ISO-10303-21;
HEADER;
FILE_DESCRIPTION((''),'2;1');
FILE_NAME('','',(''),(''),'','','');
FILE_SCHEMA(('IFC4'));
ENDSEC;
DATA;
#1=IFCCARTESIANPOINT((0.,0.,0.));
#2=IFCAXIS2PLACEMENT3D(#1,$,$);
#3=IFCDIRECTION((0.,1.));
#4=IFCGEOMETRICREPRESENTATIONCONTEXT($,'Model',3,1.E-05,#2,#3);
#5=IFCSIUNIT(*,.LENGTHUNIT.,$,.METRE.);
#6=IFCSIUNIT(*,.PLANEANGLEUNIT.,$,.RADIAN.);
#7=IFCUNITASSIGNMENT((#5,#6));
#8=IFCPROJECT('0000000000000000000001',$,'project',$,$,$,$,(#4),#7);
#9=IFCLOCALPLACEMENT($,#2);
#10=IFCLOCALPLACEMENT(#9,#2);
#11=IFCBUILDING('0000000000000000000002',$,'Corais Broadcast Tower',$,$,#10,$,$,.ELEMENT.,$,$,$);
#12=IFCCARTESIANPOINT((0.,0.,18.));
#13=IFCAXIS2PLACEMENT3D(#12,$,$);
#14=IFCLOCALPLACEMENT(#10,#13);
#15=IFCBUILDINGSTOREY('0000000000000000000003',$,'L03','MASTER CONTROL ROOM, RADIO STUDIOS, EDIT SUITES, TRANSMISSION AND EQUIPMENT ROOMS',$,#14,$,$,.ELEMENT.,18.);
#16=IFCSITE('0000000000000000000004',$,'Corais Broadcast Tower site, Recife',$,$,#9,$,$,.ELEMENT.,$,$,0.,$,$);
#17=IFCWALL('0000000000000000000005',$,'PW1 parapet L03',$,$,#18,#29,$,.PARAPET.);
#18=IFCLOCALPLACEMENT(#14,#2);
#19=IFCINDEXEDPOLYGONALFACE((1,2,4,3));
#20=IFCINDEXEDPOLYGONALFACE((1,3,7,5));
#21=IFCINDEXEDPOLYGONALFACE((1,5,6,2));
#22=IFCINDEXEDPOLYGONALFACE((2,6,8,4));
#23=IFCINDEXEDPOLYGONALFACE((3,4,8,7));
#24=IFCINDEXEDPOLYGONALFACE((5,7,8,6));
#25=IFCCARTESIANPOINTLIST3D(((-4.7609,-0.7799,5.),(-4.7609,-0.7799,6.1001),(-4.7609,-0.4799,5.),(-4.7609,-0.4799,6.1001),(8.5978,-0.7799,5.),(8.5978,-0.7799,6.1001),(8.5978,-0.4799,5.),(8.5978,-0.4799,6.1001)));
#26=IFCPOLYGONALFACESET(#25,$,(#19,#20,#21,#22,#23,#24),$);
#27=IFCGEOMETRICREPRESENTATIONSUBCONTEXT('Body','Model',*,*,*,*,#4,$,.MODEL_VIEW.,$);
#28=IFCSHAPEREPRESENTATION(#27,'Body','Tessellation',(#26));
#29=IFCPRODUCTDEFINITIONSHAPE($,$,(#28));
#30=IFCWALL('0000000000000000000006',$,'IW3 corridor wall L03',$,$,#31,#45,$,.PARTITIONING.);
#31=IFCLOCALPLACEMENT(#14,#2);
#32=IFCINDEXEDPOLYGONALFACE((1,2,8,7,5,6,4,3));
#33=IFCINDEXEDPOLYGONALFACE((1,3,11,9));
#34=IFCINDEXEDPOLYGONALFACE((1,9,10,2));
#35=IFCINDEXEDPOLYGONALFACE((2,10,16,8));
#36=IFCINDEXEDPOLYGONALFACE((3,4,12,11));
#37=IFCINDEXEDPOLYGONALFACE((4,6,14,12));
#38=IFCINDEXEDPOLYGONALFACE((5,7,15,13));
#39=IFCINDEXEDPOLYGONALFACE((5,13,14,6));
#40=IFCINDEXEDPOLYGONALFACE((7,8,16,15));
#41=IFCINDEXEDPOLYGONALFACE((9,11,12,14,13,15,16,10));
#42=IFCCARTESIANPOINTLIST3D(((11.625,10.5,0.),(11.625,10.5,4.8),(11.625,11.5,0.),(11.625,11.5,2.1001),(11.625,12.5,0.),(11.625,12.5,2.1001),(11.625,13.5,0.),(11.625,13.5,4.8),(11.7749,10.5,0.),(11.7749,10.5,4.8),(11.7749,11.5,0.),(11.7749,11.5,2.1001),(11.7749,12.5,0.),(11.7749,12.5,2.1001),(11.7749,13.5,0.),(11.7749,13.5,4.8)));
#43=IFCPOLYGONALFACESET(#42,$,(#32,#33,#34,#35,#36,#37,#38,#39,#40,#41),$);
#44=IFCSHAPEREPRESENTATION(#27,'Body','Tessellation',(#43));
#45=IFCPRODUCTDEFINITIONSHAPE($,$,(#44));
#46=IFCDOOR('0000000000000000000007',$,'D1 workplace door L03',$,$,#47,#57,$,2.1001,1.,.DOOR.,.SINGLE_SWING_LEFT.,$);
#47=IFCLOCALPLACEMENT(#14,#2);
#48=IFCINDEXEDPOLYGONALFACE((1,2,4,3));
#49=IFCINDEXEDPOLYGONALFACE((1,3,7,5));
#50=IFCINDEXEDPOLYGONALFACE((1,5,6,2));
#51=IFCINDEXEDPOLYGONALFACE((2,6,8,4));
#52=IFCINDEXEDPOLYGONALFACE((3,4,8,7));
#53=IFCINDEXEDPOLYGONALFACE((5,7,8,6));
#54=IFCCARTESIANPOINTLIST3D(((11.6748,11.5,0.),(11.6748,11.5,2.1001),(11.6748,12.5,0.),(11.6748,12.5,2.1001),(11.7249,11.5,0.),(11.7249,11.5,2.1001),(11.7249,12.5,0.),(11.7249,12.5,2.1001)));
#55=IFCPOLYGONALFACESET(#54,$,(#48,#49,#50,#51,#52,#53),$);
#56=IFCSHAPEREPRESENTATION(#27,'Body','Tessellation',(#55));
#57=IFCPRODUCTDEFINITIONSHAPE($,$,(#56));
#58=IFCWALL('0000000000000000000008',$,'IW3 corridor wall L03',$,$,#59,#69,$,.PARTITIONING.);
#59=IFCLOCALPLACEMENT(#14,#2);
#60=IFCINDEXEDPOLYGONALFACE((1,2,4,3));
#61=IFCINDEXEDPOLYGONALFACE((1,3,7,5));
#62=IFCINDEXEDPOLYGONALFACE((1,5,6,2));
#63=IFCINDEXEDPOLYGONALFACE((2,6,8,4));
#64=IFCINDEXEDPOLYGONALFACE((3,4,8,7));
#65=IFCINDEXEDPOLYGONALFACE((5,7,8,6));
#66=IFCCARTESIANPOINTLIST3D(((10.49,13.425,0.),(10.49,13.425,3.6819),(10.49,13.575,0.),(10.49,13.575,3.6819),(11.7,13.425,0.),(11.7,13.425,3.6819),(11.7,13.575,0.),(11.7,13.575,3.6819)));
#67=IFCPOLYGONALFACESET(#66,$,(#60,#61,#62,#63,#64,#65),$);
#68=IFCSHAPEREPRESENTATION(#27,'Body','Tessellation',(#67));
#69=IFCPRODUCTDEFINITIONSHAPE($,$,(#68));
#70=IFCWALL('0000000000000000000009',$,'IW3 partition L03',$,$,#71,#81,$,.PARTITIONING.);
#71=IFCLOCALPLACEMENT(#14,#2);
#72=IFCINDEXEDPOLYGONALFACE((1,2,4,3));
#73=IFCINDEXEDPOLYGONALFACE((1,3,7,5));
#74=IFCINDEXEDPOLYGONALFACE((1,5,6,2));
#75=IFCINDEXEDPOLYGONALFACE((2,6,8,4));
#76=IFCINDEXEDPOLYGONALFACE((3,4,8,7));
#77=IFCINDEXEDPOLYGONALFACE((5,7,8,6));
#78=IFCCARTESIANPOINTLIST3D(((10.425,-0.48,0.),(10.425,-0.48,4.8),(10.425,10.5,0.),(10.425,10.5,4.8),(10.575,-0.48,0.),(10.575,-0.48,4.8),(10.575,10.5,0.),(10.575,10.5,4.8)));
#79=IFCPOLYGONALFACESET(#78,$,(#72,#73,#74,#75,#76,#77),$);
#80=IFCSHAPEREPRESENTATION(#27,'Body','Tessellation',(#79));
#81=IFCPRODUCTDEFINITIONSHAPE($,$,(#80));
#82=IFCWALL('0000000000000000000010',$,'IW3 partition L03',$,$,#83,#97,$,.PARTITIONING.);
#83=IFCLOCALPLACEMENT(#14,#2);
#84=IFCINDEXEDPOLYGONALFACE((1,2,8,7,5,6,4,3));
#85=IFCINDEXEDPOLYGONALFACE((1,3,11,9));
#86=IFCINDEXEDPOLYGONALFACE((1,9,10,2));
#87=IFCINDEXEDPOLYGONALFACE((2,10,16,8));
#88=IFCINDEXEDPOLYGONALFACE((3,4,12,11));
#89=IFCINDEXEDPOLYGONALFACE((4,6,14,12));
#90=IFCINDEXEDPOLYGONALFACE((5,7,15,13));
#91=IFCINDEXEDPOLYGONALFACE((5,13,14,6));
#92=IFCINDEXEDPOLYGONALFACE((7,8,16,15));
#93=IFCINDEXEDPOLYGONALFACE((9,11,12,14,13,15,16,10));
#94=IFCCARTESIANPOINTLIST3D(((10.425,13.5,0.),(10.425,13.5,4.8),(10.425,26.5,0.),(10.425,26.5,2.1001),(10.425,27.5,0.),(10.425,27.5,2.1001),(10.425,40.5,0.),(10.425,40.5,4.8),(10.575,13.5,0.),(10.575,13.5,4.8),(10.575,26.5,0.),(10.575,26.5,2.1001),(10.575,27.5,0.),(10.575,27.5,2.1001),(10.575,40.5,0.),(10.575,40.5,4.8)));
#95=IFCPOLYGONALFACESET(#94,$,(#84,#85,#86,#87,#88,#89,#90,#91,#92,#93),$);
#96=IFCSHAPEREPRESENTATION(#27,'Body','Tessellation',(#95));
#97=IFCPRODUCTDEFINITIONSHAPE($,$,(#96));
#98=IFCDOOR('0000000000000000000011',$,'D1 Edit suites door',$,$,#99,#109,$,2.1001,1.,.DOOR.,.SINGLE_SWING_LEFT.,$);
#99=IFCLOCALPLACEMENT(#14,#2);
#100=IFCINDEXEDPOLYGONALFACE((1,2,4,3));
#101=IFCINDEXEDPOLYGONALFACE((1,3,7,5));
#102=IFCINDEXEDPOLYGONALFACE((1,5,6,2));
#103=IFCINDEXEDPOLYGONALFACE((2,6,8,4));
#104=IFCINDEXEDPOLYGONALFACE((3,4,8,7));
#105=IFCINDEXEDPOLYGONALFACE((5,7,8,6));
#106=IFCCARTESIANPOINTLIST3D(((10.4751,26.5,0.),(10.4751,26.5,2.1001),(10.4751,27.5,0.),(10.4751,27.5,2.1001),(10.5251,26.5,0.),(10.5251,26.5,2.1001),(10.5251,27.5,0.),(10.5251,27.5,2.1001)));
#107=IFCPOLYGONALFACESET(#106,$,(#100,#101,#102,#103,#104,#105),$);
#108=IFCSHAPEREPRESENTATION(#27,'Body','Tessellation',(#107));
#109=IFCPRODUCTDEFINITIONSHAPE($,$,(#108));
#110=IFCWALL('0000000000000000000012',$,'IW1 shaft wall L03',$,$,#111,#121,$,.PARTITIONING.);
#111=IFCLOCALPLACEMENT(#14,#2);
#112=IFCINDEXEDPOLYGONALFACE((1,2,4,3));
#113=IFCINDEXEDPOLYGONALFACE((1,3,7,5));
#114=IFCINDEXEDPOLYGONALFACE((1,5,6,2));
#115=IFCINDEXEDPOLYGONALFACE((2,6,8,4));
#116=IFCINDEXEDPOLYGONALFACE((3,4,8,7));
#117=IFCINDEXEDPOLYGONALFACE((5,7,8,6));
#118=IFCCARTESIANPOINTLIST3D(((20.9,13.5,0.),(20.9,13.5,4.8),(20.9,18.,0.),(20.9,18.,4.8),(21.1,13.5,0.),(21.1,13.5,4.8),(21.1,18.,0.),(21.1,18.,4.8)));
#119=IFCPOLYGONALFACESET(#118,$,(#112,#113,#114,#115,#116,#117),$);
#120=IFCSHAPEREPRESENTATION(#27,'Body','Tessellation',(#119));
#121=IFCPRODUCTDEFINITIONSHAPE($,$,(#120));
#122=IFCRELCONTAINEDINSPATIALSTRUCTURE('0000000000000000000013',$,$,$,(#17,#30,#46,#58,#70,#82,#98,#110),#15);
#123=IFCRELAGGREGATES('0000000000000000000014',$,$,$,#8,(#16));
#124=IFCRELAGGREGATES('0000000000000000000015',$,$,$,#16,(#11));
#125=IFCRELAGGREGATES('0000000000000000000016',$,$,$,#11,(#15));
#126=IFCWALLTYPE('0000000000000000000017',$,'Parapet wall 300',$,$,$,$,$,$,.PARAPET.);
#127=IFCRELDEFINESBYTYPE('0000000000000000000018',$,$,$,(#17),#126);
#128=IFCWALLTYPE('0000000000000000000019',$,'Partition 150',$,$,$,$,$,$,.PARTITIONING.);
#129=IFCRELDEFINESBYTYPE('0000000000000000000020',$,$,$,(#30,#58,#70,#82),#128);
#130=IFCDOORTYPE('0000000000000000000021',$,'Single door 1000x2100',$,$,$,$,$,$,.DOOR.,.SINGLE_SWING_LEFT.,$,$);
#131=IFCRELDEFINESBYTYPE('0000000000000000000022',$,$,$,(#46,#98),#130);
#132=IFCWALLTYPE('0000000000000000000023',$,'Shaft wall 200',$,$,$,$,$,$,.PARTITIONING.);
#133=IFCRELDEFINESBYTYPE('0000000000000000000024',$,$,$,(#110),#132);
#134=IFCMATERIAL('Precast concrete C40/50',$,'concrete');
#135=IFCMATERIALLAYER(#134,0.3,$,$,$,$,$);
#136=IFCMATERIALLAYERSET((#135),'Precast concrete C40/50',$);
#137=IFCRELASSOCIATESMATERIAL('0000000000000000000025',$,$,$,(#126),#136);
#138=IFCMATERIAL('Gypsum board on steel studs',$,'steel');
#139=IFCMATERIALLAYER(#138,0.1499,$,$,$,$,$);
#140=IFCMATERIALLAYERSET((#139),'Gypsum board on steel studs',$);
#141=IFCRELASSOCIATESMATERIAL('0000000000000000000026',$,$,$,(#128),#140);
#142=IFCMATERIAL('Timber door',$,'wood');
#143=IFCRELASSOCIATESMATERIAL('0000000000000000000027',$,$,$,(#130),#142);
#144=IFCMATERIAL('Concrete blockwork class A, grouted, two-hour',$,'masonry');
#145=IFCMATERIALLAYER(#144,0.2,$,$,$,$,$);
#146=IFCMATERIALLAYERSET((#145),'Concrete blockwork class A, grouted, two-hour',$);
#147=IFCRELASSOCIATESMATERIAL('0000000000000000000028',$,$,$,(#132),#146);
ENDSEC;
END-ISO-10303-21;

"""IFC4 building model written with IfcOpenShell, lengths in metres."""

from ifc_helpers import new_model, si_unit, direction, frame, frame_2d, origin, place, context, subcontext, project, spatial, rectangle, extrude, material, layer, layer_set, type_object, element, fill, save


model = new_model("IFC4")

# Units and contexts
model_context = context("Model", 3, precision=1e-05, world=origin(), true_north=direction((0.0, 1.0)))
body_context = subcontext(model_context, "Body", "Model", "MODEL_VIEW")
ifc_project = project(units=[si_unit("LENGTHUNIT", "METRE"), si_unit("PLANEANGLEUNIT", "RADIAN")], contexts=[model_context])

# Site, building, storey
site_placement = place(None, origin())
site = spatial("IfcSite", under=ifc_project, at=site_placement, Name="Corais Broadcast Tower site, Recife", CompositionType="ELEMENT", RefElevation=0.0)
building_placement = place(site_placement, origin())
building = spatial("IfcBuilding", under=site, at=building_placement, Name="Corais Broadcast Tower", CompositionType="ELEMENT")
storey_placement = place(building_placement, frame((0.0, 0.0, 18.0)))
storey = spatial("IfcBuildingStorey", under=building, at=storey_placement, Name="L03", Description="MASTER CONTROL ROOM, RADIO STUDIOS, EDIT SUITES, TRANSMISSION AND EQUIPMENT ROOMS", CompositionType="ELEMENT", Elevation=18.0)

# Wall
ifc_material_1 = material(Name="Precast concrete C40/50", Category="concrete")
ifc_layer_1 = layer(ifc_material_1, 0.3)
ifc_layer_set_1 = layer_set([ifc_layer_1], Name="Precast concrete C40/50")
wall_type_1 = type_object("IfcWallType", Name="Parapet wall 300", PredefinedType="PARAPET", material=ifc_layer_set_1)
wall_1_placement = place(storey_placement, frame((8.5977, -0.6299, 5.0), z_axis=(0.0, 0.0, 1.0), x_axis=(-1.0, 0.0, 0.0)))
element("IfcWall", 1, at=wall_1_placement, inside=storey, type_object=wall_type_1, Name="PW1 parapet L03", PredefinedType="PARAPET", context=body_context, shape_type="SweptSolid", body=[
    extrude(rectangle(XDim=13.3586, YDim=0.3, at=frame_2d((6.6792, 0.0))), origin(), (0.0, 0.0, 1.0), 1.1001),
])

# Wall, opening, door
ifc_material_2 = material(Name="Gypsum board on steel studs", Category="steel")
ifc_layer_2 = layer(ifc_material_2, 0.1499)
ifc_layer_set_2 = layer_set([ifc_layer_2], Name="Gypsum board on steel studs")
wall_type_2 = type_object("IfcWallType", Name="Partition 150", PredefinedType="PARTITIONING", material=ifc_layer_set_2)
wall_2_placement = place(storey_placement, frame((11.7, 13.5, 0.0), z_axis=(0.0, 0.0, 1.0), x_axis=(0.0, -1.0, 0.0)))
wall_2 = element("IfcWall", 2, at=wall_2_placement, inside=storey, type_object=wall_type_2, Name="IW3 corridor wall L03", PredefinedType="PARTITIONING", context=body_context, shape_type="SweptSolid", body=[
    extrude(rectangle(XDim=3.0, YDim=0.1499, at=frame_2d((1.5, 0.0))), origin(), (0.0, 0.0, 1.0), 4.8),
])
opening_1_placement = place(wall_2_placement, frame((1.0, 0.0, 0.0)))
opening_1 = element("IfcOpeningElement", 3, at=opening_1_placement, cuts=wall_2, PredefinedType="OPENING", context=body_context, shape_type="SweptSolid", body=[
    extrude(rectangle(XDim=1.0, YDim=2.1001, at=frame_2d((0.5, 1.05))), frame((0.0, 0.085, 0.0), z_axis=(0.0, -1.0, 0.0), x_axis=(1.0, 0.0, 0.0)), (0.0, 0.0, 1.0), 0.1699),
])
ifc_material_3 = material(Name="Timber door", Category="wood")
door_type = type_object("IfcDoorType", Name="Single door 1000x2100", OperationType="SINGLE_SWING_LEFT", PredefinedType="DOOR", material=ifc_material_3)
door_1_placement = place(opening_1_placement, origin())
door_1 = element("IfcDoor", 4, at=door_1_placement, inside=storey, type_object=door_type, Name="D1 workplace door L03", OperationType="SINGLE_SWING_LEFT", OverallHeight=2.1001, OverallWidth=1.0, PredefinedType="DOOR", context=body_context, shape_type="SweptSolid", body=[
    extrude(rectangle(XDim=1.0, YDim=2.1001, at=frame_2d((0.5, 1.05))), frame((0.0, 0.0249, 0.0), z_axis=(0.0, -1.0, 0.0), x_axis=(1.0, 0.0, 0.0)), (0.0, 0.0, 1.0), 0.05),
])
fill(opening_1, door_1)

# Walls
wall_3_placement = place(storey_placement, frame((10.49, 13.5, 0.0), z_axis=(0.0, 0.0, 1.0), x_axis=(1.0, 0.0, 0.0)))
element("IfcWall", 5, at=wall_3_placement, inside=storey, type_object=wall_type_2, Name="IW3 corridor wall L03", PredefinedType="PARTITIONING", context=body_context, shape_type="SweptSolid", body=[
    extrude(rectangle(XDim=1.21, YDim=0.1499, at=frame_2d((0.605, 0.0))), origin(), (0.0, 0.0, 1.0), 3.6819),
])
wall_4_placement = place(storey_placement, frame((10.5, 10.5, 0.0), z_axis=(0.0, 0.0, 1.0), x_axis=(0.0, -1.0, 0.0)))
element("IfcWall", 6, at=wall_4_placement, inside=storey, type_object=wall_type_2, Name="IW3 partition L03", PredefinedType="PARTITIONING", context=body_context, shape_type="SweptSolid", body=[
    extrude(rectangle(XDim=10.98, YDim=0.1499, at=frame_2d((5.49, 0.0))), origin(), (0.0, 0.0, 1.0), 4.8),
])

# Wall, opening, door
wall_5_placement = place(storey_placement, frame((10.5, 13.5, 0.0), z_axis=(0.0, 0.0, 1.0), x_axis=(0.0, 1.0, 0.0)))
wall_5 = element("IfcWall", 7, at=wall_5_placement, inside=storey, type_object=wall_type_2, Name="IW3 partition L03", PredefinedType="PARTITIONING", context=body_context, shape_type="SweptSolid", body=[
    extrude(rectangle(XDim=27.0, YDim=0.1499, at=frame_2d((13.5, 0.0))), origin(), (0.0, 0.0, 1.0), 4.8),
])
opening_2_placement = place(wall_5_placement, frame((13.0, 0.0, 0.0)))
opening_2 = element("IfcOpeningElement", 8, at=opening_2_placement, cuts=wall_5, PredefinedType="OPENING", context=body_context, shape_type="SweptSolid", body=[
    extrude(rectangle(XDim=1.0, YDim=2.1001, at=frame_2d((0.5, 1.05))), frame((0.0, 0.085, 0.0), z_axis=(0.0, -1.0, 0.0), x_axis=(1.0, 0.0, 0.0)), (0.0, 0.0, 1.0), 0.1699),
])
door_2_placement = place(opening_2_placement, origin())
door_2 = element("IfcDoor", 9, at=door_2_placement, inside=storey, type_object=door_type, Name="D1 Edit suites door", OperationType="SINGLE_SWING_LEFT", OverallHeight=2.1001, OverallWidth=1.0, PredefinedType="DOOR", context=body_context, shape_type="SweptSolid", body=[
    extrude(rectangle(XDim=1.0, YDim=2.1001, at=frame_2d((0.5, 1.05))), frame((0.0, 0.0249, 0.0), z_axis=(0.0, -1.0, 0.0), x_axis=(1.0, 0.0, 0.0)), (0.0, 0.0, 1.0), 0.05),
])
fill(opening_2, door_2)

# Wall
ifc_material_4 = material(Name="Concrete blockwork class A, grouted, two-hour", Category="masonry")
ifc_layer_3 = layer(ifc_material_4, 0.2)
ifc_layer_set_3 = layer_set([ifc_layer_3], Name="Concrete blockwork class A, grouted, two-hour")
wall_type_3 = type_object("IfcWallType", Name="Shaft wall 200", PredefinedType="PARTITIONING", material=ifc_layer_set_3)
wall_6_placement = place(storey_placement, frame((21.0, 13.5, 0.0), z_axis=(0.0, 0.0, 1.0), x_axis=(0.0, 1.0, 0.0)))
element("IfcWall", 10, at=wall_6_placement, inside=storey, type_object=wall_type_3, Name="IW1 shaft wall L03", PredefinedType="PARTITIONING", context=body_context, shape_type="SweptSolid", body=[
    extrude(rectangle(XDim=4.5, YDim=0.2, at=frame_2d((2.25, 0.0))), origin(), (0.0, 0.0, 1.0), 4.8),
])

save(model, "model.ifc")
